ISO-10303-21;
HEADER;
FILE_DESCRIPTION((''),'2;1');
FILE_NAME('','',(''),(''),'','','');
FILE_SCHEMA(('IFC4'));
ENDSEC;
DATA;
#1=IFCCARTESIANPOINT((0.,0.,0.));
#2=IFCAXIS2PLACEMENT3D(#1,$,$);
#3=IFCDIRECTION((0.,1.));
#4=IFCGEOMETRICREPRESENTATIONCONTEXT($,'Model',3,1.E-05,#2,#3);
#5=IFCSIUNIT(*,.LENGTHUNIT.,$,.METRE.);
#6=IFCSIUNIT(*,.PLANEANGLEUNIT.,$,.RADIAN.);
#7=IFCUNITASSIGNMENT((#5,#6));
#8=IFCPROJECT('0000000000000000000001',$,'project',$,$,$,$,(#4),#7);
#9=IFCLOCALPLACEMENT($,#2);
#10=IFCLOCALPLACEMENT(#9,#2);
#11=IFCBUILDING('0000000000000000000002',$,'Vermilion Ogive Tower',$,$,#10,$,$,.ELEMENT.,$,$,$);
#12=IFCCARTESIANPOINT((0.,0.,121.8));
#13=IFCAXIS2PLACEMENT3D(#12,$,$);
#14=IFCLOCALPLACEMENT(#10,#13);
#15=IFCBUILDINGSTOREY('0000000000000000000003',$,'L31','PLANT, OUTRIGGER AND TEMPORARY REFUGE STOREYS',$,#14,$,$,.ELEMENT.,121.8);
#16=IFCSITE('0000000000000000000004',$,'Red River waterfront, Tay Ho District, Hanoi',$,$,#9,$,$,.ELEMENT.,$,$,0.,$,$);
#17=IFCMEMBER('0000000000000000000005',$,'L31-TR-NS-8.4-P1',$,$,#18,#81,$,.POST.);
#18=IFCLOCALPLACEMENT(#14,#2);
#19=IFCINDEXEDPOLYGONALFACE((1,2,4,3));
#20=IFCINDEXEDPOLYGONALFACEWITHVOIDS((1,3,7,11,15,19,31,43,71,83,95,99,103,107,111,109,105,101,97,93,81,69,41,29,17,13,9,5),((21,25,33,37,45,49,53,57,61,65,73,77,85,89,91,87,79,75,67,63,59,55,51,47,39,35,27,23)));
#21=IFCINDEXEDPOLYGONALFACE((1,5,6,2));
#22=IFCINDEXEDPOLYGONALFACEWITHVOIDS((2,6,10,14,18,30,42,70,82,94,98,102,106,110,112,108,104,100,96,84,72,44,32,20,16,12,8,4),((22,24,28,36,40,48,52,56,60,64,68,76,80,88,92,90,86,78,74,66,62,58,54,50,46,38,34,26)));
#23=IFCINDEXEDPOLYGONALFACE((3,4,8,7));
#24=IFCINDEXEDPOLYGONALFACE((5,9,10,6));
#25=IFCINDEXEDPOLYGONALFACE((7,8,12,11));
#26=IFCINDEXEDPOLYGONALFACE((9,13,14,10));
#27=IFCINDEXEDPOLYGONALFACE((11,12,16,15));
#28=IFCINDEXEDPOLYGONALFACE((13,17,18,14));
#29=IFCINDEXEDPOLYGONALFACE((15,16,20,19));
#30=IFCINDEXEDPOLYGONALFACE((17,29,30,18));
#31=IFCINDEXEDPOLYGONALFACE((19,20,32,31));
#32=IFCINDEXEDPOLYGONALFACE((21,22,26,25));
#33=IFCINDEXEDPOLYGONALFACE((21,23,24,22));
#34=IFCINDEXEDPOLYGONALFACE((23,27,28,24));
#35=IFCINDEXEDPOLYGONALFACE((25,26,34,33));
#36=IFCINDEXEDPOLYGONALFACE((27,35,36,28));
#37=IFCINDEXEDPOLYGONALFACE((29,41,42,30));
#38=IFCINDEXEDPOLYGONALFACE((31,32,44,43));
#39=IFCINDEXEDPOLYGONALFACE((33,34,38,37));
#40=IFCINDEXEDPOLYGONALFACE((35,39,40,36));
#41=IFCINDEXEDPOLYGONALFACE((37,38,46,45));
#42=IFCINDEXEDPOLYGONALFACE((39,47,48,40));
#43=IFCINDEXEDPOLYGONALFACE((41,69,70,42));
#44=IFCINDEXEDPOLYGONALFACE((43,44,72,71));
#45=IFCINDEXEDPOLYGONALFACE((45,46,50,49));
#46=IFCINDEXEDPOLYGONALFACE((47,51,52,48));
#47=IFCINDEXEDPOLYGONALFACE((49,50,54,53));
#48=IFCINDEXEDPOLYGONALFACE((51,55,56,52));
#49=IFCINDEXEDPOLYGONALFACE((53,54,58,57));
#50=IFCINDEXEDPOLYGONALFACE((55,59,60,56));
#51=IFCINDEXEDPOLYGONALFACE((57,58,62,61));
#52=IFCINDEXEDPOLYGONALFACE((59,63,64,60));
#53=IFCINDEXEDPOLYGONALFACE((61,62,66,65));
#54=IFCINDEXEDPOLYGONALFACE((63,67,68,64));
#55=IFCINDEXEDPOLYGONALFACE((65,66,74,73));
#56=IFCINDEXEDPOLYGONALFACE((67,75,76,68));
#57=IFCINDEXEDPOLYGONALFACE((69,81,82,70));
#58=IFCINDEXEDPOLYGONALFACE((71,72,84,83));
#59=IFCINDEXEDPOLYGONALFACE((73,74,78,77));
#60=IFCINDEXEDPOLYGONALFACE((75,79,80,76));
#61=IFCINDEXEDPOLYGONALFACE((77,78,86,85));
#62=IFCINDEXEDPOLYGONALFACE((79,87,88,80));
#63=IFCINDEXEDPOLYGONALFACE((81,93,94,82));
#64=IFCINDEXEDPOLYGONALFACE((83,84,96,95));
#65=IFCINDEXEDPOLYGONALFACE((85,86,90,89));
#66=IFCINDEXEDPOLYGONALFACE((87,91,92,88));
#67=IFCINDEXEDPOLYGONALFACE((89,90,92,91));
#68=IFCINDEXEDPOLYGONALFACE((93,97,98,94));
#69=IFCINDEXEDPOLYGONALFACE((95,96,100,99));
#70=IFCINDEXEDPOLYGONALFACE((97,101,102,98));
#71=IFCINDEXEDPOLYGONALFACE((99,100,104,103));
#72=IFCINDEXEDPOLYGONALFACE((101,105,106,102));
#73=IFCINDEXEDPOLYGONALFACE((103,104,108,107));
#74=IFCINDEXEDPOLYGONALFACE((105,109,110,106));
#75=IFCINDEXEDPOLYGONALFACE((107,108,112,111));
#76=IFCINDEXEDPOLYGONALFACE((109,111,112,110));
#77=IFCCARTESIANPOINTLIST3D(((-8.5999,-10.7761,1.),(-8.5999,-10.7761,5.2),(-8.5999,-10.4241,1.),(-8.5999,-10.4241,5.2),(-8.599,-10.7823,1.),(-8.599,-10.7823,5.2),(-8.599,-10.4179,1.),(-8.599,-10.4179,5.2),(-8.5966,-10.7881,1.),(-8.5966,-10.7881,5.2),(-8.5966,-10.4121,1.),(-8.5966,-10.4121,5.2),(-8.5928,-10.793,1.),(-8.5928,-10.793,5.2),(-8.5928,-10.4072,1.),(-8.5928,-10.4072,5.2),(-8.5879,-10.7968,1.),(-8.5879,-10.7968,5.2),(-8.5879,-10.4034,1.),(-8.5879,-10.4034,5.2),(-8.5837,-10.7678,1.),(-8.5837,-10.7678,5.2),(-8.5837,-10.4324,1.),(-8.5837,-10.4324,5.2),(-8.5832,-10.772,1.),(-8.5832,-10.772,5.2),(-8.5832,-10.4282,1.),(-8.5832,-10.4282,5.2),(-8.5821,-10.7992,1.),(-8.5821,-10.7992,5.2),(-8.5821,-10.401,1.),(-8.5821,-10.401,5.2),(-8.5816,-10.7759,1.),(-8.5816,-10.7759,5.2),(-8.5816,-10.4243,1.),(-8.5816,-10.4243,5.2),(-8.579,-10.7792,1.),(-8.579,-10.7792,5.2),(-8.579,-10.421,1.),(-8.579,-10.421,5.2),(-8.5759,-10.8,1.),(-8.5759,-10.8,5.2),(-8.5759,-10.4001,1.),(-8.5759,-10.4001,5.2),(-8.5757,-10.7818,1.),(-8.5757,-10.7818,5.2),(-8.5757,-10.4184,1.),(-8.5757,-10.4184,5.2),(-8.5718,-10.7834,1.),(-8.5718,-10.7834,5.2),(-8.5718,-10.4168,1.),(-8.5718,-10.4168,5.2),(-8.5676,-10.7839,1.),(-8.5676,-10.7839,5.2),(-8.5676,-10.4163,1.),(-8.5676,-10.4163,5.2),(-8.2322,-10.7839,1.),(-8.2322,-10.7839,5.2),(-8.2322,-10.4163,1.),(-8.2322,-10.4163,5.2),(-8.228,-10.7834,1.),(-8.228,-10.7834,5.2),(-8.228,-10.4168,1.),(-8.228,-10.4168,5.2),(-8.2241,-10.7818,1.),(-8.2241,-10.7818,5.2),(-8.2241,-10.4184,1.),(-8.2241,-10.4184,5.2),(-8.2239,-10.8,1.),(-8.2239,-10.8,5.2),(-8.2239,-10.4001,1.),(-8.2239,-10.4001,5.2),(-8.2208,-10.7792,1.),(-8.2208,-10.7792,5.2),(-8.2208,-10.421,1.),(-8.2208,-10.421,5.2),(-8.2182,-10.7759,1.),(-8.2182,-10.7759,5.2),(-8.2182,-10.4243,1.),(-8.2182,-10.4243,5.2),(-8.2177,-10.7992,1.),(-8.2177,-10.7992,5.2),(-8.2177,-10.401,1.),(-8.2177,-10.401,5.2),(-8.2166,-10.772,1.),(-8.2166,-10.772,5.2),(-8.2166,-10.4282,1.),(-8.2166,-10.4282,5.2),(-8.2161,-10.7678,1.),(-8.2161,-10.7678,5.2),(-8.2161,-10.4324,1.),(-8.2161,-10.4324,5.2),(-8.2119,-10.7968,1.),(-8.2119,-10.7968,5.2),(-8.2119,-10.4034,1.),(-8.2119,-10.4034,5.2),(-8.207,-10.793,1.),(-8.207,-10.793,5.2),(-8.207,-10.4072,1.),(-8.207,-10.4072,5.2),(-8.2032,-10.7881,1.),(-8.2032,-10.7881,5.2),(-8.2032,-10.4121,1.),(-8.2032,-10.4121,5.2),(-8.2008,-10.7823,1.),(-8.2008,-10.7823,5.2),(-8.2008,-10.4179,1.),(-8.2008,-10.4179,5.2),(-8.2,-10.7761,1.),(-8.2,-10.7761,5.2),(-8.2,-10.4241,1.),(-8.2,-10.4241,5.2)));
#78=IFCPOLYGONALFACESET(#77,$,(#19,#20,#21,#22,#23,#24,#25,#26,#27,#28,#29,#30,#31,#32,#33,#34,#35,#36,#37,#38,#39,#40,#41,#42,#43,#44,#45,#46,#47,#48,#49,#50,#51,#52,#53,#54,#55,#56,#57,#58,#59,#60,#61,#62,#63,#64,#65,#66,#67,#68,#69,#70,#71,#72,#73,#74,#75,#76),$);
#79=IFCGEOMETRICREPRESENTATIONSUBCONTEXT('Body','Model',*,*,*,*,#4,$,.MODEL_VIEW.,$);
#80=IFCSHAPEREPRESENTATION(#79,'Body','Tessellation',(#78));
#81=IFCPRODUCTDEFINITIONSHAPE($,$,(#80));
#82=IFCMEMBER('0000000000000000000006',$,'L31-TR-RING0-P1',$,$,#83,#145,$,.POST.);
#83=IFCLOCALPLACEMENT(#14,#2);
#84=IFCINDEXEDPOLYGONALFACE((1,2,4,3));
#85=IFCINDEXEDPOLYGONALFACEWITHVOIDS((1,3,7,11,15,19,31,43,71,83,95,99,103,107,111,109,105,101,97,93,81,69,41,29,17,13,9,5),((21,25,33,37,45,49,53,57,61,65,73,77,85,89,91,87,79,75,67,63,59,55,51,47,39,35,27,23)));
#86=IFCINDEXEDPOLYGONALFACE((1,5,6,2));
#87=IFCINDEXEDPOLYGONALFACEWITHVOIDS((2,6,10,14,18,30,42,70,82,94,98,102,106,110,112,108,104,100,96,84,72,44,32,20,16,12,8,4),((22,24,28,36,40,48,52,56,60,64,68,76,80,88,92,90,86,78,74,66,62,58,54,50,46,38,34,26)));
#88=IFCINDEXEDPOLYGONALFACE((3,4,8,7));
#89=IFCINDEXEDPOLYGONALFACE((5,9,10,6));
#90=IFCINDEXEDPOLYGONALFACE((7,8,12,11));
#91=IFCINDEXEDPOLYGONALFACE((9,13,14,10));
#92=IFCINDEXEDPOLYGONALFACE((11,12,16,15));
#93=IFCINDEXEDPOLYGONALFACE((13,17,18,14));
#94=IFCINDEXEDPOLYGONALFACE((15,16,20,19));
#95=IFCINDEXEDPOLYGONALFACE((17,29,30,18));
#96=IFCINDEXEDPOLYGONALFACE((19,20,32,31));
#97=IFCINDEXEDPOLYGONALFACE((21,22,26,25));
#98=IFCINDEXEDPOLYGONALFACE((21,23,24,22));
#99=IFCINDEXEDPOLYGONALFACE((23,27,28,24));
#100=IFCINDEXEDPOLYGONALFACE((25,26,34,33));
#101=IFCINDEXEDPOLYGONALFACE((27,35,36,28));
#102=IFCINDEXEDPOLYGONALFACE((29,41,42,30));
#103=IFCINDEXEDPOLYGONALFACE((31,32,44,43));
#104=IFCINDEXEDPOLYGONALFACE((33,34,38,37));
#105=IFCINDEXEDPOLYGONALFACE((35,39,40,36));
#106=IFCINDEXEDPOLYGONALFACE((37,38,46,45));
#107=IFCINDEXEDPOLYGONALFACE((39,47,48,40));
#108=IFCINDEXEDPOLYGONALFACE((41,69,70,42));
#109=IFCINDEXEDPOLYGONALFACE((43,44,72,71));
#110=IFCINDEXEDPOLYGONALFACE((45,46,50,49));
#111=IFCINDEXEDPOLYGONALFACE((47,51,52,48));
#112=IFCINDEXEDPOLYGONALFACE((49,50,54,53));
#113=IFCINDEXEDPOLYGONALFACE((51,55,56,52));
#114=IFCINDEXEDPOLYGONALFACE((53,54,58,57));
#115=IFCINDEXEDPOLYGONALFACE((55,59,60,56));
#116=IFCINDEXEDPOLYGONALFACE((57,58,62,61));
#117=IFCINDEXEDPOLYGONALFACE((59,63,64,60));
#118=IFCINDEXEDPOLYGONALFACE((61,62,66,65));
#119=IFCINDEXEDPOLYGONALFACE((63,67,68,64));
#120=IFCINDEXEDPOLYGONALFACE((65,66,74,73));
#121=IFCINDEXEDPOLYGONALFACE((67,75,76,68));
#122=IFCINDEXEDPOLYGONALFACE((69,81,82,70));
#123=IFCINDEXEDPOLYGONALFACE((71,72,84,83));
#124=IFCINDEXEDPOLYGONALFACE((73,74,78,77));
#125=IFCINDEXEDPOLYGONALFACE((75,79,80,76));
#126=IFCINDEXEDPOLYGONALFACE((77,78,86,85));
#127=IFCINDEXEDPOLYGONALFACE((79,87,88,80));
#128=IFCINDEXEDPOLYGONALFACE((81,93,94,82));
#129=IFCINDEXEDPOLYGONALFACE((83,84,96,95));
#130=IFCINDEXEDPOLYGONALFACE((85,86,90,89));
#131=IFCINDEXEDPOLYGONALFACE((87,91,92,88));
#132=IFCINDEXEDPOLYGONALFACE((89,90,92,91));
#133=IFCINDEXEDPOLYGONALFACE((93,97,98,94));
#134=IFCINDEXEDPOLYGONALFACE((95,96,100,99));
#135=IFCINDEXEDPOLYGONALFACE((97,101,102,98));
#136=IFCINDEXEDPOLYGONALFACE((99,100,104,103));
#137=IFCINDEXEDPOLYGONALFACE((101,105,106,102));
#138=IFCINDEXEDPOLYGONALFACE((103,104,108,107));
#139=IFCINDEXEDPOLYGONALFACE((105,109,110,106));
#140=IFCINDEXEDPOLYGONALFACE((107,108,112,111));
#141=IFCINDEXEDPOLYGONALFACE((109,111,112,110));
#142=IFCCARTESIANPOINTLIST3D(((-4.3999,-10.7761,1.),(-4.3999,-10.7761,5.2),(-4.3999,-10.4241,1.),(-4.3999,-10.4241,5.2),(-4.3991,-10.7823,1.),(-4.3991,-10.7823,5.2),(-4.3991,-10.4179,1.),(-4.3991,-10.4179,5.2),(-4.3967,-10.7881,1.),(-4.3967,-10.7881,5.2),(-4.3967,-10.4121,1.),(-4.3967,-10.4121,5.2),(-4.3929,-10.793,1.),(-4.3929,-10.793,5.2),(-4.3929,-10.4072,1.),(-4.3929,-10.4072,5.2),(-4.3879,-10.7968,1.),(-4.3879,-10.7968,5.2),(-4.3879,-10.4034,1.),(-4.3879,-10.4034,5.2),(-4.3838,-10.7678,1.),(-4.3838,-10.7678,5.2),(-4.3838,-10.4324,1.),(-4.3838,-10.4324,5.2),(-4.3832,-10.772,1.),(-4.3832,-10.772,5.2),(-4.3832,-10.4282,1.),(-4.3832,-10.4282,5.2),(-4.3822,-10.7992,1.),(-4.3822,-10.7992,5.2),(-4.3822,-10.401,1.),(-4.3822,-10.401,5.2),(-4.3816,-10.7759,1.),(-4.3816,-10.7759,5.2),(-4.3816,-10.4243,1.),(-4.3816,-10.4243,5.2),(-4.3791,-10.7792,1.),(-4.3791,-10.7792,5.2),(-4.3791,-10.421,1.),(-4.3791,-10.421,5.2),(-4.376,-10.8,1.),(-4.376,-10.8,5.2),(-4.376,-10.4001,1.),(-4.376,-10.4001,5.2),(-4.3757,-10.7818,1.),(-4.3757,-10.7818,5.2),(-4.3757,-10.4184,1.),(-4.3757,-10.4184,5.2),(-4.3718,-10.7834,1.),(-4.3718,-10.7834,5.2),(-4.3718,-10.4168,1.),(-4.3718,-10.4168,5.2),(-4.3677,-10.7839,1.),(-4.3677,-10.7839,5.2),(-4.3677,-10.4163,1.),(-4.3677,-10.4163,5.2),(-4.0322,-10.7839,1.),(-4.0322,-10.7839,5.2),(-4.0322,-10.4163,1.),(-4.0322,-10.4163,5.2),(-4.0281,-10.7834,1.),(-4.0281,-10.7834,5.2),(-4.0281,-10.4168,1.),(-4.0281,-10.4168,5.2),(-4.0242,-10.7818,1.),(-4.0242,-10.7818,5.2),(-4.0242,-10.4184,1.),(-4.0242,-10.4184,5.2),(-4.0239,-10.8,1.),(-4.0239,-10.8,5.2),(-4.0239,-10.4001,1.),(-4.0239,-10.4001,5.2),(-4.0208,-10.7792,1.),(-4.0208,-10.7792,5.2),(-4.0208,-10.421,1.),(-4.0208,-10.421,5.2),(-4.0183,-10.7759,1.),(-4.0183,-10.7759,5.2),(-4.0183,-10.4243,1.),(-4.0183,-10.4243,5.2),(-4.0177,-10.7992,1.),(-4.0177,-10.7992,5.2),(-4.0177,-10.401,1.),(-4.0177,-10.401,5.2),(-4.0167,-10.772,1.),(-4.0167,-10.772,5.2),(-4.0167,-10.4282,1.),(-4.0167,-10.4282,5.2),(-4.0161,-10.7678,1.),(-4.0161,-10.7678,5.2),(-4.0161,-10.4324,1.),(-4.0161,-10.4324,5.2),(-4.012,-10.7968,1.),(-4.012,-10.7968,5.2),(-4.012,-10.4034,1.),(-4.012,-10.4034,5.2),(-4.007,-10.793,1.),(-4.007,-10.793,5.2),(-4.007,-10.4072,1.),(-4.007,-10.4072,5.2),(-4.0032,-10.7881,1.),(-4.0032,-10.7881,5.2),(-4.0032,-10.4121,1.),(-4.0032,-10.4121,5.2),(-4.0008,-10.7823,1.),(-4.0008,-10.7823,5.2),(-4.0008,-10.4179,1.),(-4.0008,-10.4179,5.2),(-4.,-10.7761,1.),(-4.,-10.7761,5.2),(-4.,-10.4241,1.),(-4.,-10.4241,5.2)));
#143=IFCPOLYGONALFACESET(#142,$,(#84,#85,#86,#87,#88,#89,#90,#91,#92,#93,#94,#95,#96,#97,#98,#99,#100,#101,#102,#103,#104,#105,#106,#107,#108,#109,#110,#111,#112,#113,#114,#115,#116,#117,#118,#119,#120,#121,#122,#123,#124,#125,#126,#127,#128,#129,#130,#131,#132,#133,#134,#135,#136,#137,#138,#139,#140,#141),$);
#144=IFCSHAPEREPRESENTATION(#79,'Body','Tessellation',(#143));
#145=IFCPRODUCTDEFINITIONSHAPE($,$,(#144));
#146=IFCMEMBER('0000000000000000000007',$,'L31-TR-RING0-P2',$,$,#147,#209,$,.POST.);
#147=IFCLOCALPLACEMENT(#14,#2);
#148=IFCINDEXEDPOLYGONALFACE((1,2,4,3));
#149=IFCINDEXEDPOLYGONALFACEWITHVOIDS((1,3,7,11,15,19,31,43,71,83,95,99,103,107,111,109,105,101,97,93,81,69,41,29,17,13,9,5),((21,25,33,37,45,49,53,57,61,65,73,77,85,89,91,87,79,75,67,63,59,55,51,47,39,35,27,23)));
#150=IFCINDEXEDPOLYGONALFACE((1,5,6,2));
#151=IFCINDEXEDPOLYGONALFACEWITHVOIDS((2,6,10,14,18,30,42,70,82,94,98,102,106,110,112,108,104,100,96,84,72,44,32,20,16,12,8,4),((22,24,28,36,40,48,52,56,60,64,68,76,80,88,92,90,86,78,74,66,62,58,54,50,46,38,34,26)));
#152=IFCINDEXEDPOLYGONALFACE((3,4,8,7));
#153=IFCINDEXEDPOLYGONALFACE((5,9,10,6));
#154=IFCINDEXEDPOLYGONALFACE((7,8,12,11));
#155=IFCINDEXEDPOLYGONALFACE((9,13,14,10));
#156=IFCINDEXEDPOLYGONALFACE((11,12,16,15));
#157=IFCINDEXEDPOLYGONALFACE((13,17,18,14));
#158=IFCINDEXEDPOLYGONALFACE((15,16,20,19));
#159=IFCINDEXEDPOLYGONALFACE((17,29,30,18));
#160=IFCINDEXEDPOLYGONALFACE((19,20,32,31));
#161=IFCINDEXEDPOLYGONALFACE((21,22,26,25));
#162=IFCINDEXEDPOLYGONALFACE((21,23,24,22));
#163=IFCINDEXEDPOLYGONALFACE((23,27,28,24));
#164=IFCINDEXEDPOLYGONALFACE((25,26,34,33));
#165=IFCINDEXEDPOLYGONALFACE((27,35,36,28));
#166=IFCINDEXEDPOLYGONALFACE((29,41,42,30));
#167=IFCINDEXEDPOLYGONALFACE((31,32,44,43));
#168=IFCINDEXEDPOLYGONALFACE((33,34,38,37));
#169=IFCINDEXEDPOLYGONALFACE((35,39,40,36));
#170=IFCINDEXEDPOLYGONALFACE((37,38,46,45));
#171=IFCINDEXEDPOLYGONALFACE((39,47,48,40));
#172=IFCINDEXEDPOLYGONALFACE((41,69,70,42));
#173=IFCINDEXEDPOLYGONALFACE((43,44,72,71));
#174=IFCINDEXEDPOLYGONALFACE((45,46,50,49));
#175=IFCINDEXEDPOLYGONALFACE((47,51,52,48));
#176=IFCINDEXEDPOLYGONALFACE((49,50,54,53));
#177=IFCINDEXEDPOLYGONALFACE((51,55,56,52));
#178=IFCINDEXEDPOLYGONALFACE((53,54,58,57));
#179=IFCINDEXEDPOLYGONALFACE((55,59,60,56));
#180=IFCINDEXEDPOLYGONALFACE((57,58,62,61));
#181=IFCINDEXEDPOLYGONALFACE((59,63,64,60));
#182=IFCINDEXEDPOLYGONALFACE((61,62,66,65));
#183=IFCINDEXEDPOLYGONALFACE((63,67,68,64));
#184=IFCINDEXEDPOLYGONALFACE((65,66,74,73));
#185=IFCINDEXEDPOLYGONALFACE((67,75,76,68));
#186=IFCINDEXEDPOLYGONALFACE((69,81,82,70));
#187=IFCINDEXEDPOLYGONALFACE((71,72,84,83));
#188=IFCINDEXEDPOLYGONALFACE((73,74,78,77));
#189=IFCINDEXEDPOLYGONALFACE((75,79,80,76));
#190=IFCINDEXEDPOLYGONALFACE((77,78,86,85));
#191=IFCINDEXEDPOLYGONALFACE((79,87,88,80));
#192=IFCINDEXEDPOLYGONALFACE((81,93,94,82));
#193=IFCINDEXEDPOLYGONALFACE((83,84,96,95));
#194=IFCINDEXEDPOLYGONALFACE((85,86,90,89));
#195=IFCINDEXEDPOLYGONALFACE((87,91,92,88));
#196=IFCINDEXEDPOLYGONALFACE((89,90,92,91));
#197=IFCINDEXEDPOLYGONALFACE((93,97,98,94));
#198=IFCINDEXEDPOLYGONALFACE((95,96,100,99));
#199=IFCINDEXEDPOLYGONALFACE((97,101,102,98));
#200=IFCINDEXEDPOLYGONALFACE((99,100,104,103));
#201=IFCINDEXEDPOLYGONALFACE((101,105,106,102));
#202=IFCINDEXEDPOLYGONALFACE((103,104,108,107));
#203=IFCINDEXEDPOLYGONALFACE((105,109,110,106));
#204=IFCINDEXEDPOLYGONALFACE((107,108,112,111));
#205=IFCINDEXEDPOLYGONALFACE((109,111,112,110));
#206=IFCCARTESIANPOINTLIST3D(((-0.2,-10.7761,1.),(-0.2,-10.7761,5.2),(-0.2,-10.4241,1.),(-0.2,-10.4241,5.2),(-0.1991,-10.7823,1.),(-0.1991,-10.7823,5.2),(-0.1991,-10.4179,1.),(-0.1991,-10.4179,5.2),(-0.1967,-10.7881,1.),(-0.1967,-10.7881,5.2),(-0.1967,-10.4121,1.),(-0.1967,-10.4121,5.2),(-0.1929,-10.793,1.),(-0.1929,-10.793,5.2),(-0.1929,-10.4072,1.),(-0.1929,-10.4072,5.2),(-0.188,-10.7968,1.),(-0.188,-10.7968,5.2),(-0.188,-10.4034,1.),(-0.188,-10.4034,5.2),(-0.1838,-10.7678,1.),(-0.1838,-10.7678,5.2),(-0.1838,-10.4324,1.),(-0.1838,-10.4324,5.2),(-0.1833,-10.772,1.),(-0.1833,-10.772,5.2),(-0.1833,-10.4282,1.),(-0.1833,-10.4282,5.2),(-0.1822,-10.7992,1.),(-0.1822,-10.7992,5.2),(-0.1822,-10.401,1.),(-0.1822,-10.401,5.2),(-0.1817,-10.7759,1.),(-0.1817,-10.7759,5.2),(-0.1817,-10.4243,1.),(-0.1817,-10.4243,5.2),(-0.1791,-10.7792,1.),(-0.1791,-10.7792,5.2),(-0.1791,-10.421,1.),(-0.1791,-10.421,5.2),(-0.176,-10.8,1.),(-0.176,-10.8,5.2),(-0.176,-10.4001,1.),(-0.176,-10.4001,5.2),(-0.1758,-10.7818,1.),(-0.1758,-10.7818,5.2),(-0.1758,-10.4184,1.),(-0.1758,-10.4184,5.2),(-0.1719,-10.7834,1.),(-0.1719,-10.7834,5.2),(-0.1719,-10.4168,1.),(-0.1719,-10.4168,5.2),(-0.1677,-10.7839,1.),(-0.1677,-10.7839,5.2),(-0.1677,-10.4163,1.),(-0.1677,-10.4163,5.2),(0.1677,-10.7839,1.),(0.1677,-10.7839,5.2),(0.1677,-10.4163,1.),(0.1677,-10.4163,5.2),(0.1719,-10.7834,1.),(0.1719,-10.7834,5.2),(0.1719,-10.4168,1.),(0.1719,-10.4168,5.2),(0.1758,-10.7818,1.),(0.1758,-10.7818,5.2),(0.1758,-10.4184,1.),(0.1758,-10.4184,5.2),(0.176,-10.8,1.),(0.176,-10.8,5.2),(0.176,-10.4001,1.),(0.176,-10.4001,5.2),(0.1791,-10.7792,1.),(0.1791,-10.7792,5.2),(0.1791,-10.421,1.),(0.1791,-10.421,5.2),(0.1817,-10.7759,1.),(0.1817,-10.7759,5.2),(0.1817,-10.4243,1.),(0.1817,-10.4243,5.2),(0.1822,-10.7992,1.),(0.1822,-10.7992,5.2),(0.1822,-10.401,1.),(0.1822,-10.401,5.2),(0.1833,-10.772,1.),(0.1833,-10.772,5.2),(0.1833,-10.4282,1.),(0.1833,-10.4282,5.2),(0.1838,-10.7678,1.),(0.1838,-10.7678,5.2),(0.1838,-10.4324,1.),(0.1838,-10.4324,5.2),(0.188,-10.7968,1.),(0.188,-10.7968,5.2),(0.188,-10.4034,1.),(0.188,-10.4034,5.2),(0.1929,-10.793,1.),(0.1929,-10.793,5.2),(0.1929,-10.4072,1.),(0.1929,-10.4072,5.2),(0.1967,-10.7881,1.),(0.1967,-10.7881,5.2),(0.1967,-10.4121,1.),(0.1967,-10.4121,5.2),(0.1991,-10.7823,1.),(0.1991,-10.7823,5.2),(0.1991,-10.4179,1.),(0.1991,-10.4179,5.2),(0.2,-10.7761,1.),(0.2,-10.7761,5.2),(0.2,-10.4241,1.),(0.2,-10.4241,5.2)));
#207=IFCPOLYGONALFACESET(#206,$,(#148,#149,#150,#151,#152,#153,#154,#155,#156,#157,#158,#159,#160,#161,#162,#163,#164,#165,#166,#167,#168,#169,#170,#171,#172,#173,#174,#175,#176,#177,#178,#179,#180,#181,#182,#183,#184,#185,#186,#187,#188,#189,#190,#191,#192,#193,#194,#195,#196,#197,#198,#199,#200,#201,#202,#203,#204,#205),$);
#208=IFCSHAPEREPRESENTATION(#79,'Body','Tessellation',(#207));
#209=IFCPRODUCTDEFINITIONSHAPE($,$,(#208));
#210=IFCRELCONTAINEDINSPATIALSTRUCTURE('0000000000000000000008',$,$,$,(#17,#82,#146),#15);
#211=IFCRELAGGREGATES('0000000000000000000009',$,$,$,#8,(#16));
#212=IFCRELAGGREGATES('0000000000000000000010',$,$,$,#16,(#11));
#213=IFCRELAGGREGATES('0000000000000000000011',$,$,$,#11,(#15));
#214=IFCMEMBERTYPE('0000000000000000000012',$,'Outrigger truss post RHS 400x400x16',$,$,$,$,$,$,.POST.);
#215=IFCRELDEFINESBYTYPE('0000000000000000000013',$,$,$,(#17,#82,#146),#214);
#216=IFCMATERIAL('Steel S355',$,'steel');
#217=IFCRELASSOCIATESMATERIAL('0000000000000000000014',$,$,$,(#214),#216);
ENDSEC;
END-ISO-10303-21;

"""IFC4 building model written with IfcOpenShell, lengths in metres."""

from ifc_helpers import new_model, si_unit, direction, frame, origin, origin_2d, place, context, subcontext, project, spatial, hollow_rectangle, extrude, material, material_profile, profile_set, type_object, element, save


model = new_model("IFC4")

# Units and contexts
model_context = context("Model", 3, precision=1e-05, world=origin(), true_north=direction((0.0, 1.0)))
body_context = subcontext(model_context, "Body", "Model", "MODEL_VIEW")
ifc_project = project(units=[si_unit("LENGTHUNIT", "METRE"), si_unit("PLANEANGLEUNIT", "RADIAN")], contexts=[model_context])

# Site, building, storey
site_placement = place(None, origin())
site = spatial("IfcSite", under=ifc_project, at=site_placement, Name="Red River waterfront, Tay Ho District, Hanoi", CompositionType="ELEMENT", RefElevation=0.0)
building_placement = place(site_placement, origin())
building = spatial("IfcBuilding", under=site, at=building_placement, Name="Vermilion Ogive Tower", CompositionType="ELEMENT")
storey_placement = place(building_placement, frame((0.0, 0.0, 121.8)))
storey = spatial("IfcBuildingStorey", under=building, at=storey_placement, Name="L31", Description="PLANT, OUTRIGGER AND TEMPORARY REFUGE STOREYS", CompositionType="ELEMENT", Elevation=121.8)

# Members
ifc_material_1 = material(Name="Steel S355", Category="steel")
ifc_material_profile_1 = material_profile(ifc_material_1, hollow_rectangle(XDim=0.3999, YDim=0.3999, WallThickness=0.0161, InnerFilletRadius=0.0161, OuterFilletRadius=0.0239, at=origin_2d()), Name="RHS 400x400x16")
ifc_profile_set_1 = profile_set([ifc_material_profile_1], Name="Steel S355")
member_type_1 = type_object("IfcMemberType", Name="Outrigger truss post RHS 400x400x16", PredefinedType="POST", material=ifc_profile_set_1)
for number, where, z_axis, x_axis, name in (
    (1, (-8.3999, -10.6001, 1.0), (0.0, 0.0, 1.0), (1.0, 0.0, 0.0), "L31-TR-NS-8.4-P1"),
    (2, (-4.2, -10.6001, 1.0), (0.0, 0.0, 1.0), (1.0, 0.0, 0.0), "L31-TR-RING0-P1"),
    (3, (0.0, -10.6001, 1.0), (0.0, 0.0, 1.0), (1.0, 0.0, 0.0), "L31-TR-RING0-P2"),
):
    element("IfcMember", number, at=place(storey_placement, frame(where, z_axis=z_axis, x_axis=x_axis)), inside=storey, type_object=member_type_1, Name=name, PredefinedType="POST", context=body_context, shape_type="SweptSolid", body=[
        extrude(hollow_rectangle(XDim=0.3999, YDim=0.3999, WallThickness=0.0161, InnerFilletRadius=0.0161, OuterFilletRadius=0.0239, at=origin_2d()), origin(), (0.0, 0.0, 1.0), 4.2),
    ])

save(model, "model.ifc")
